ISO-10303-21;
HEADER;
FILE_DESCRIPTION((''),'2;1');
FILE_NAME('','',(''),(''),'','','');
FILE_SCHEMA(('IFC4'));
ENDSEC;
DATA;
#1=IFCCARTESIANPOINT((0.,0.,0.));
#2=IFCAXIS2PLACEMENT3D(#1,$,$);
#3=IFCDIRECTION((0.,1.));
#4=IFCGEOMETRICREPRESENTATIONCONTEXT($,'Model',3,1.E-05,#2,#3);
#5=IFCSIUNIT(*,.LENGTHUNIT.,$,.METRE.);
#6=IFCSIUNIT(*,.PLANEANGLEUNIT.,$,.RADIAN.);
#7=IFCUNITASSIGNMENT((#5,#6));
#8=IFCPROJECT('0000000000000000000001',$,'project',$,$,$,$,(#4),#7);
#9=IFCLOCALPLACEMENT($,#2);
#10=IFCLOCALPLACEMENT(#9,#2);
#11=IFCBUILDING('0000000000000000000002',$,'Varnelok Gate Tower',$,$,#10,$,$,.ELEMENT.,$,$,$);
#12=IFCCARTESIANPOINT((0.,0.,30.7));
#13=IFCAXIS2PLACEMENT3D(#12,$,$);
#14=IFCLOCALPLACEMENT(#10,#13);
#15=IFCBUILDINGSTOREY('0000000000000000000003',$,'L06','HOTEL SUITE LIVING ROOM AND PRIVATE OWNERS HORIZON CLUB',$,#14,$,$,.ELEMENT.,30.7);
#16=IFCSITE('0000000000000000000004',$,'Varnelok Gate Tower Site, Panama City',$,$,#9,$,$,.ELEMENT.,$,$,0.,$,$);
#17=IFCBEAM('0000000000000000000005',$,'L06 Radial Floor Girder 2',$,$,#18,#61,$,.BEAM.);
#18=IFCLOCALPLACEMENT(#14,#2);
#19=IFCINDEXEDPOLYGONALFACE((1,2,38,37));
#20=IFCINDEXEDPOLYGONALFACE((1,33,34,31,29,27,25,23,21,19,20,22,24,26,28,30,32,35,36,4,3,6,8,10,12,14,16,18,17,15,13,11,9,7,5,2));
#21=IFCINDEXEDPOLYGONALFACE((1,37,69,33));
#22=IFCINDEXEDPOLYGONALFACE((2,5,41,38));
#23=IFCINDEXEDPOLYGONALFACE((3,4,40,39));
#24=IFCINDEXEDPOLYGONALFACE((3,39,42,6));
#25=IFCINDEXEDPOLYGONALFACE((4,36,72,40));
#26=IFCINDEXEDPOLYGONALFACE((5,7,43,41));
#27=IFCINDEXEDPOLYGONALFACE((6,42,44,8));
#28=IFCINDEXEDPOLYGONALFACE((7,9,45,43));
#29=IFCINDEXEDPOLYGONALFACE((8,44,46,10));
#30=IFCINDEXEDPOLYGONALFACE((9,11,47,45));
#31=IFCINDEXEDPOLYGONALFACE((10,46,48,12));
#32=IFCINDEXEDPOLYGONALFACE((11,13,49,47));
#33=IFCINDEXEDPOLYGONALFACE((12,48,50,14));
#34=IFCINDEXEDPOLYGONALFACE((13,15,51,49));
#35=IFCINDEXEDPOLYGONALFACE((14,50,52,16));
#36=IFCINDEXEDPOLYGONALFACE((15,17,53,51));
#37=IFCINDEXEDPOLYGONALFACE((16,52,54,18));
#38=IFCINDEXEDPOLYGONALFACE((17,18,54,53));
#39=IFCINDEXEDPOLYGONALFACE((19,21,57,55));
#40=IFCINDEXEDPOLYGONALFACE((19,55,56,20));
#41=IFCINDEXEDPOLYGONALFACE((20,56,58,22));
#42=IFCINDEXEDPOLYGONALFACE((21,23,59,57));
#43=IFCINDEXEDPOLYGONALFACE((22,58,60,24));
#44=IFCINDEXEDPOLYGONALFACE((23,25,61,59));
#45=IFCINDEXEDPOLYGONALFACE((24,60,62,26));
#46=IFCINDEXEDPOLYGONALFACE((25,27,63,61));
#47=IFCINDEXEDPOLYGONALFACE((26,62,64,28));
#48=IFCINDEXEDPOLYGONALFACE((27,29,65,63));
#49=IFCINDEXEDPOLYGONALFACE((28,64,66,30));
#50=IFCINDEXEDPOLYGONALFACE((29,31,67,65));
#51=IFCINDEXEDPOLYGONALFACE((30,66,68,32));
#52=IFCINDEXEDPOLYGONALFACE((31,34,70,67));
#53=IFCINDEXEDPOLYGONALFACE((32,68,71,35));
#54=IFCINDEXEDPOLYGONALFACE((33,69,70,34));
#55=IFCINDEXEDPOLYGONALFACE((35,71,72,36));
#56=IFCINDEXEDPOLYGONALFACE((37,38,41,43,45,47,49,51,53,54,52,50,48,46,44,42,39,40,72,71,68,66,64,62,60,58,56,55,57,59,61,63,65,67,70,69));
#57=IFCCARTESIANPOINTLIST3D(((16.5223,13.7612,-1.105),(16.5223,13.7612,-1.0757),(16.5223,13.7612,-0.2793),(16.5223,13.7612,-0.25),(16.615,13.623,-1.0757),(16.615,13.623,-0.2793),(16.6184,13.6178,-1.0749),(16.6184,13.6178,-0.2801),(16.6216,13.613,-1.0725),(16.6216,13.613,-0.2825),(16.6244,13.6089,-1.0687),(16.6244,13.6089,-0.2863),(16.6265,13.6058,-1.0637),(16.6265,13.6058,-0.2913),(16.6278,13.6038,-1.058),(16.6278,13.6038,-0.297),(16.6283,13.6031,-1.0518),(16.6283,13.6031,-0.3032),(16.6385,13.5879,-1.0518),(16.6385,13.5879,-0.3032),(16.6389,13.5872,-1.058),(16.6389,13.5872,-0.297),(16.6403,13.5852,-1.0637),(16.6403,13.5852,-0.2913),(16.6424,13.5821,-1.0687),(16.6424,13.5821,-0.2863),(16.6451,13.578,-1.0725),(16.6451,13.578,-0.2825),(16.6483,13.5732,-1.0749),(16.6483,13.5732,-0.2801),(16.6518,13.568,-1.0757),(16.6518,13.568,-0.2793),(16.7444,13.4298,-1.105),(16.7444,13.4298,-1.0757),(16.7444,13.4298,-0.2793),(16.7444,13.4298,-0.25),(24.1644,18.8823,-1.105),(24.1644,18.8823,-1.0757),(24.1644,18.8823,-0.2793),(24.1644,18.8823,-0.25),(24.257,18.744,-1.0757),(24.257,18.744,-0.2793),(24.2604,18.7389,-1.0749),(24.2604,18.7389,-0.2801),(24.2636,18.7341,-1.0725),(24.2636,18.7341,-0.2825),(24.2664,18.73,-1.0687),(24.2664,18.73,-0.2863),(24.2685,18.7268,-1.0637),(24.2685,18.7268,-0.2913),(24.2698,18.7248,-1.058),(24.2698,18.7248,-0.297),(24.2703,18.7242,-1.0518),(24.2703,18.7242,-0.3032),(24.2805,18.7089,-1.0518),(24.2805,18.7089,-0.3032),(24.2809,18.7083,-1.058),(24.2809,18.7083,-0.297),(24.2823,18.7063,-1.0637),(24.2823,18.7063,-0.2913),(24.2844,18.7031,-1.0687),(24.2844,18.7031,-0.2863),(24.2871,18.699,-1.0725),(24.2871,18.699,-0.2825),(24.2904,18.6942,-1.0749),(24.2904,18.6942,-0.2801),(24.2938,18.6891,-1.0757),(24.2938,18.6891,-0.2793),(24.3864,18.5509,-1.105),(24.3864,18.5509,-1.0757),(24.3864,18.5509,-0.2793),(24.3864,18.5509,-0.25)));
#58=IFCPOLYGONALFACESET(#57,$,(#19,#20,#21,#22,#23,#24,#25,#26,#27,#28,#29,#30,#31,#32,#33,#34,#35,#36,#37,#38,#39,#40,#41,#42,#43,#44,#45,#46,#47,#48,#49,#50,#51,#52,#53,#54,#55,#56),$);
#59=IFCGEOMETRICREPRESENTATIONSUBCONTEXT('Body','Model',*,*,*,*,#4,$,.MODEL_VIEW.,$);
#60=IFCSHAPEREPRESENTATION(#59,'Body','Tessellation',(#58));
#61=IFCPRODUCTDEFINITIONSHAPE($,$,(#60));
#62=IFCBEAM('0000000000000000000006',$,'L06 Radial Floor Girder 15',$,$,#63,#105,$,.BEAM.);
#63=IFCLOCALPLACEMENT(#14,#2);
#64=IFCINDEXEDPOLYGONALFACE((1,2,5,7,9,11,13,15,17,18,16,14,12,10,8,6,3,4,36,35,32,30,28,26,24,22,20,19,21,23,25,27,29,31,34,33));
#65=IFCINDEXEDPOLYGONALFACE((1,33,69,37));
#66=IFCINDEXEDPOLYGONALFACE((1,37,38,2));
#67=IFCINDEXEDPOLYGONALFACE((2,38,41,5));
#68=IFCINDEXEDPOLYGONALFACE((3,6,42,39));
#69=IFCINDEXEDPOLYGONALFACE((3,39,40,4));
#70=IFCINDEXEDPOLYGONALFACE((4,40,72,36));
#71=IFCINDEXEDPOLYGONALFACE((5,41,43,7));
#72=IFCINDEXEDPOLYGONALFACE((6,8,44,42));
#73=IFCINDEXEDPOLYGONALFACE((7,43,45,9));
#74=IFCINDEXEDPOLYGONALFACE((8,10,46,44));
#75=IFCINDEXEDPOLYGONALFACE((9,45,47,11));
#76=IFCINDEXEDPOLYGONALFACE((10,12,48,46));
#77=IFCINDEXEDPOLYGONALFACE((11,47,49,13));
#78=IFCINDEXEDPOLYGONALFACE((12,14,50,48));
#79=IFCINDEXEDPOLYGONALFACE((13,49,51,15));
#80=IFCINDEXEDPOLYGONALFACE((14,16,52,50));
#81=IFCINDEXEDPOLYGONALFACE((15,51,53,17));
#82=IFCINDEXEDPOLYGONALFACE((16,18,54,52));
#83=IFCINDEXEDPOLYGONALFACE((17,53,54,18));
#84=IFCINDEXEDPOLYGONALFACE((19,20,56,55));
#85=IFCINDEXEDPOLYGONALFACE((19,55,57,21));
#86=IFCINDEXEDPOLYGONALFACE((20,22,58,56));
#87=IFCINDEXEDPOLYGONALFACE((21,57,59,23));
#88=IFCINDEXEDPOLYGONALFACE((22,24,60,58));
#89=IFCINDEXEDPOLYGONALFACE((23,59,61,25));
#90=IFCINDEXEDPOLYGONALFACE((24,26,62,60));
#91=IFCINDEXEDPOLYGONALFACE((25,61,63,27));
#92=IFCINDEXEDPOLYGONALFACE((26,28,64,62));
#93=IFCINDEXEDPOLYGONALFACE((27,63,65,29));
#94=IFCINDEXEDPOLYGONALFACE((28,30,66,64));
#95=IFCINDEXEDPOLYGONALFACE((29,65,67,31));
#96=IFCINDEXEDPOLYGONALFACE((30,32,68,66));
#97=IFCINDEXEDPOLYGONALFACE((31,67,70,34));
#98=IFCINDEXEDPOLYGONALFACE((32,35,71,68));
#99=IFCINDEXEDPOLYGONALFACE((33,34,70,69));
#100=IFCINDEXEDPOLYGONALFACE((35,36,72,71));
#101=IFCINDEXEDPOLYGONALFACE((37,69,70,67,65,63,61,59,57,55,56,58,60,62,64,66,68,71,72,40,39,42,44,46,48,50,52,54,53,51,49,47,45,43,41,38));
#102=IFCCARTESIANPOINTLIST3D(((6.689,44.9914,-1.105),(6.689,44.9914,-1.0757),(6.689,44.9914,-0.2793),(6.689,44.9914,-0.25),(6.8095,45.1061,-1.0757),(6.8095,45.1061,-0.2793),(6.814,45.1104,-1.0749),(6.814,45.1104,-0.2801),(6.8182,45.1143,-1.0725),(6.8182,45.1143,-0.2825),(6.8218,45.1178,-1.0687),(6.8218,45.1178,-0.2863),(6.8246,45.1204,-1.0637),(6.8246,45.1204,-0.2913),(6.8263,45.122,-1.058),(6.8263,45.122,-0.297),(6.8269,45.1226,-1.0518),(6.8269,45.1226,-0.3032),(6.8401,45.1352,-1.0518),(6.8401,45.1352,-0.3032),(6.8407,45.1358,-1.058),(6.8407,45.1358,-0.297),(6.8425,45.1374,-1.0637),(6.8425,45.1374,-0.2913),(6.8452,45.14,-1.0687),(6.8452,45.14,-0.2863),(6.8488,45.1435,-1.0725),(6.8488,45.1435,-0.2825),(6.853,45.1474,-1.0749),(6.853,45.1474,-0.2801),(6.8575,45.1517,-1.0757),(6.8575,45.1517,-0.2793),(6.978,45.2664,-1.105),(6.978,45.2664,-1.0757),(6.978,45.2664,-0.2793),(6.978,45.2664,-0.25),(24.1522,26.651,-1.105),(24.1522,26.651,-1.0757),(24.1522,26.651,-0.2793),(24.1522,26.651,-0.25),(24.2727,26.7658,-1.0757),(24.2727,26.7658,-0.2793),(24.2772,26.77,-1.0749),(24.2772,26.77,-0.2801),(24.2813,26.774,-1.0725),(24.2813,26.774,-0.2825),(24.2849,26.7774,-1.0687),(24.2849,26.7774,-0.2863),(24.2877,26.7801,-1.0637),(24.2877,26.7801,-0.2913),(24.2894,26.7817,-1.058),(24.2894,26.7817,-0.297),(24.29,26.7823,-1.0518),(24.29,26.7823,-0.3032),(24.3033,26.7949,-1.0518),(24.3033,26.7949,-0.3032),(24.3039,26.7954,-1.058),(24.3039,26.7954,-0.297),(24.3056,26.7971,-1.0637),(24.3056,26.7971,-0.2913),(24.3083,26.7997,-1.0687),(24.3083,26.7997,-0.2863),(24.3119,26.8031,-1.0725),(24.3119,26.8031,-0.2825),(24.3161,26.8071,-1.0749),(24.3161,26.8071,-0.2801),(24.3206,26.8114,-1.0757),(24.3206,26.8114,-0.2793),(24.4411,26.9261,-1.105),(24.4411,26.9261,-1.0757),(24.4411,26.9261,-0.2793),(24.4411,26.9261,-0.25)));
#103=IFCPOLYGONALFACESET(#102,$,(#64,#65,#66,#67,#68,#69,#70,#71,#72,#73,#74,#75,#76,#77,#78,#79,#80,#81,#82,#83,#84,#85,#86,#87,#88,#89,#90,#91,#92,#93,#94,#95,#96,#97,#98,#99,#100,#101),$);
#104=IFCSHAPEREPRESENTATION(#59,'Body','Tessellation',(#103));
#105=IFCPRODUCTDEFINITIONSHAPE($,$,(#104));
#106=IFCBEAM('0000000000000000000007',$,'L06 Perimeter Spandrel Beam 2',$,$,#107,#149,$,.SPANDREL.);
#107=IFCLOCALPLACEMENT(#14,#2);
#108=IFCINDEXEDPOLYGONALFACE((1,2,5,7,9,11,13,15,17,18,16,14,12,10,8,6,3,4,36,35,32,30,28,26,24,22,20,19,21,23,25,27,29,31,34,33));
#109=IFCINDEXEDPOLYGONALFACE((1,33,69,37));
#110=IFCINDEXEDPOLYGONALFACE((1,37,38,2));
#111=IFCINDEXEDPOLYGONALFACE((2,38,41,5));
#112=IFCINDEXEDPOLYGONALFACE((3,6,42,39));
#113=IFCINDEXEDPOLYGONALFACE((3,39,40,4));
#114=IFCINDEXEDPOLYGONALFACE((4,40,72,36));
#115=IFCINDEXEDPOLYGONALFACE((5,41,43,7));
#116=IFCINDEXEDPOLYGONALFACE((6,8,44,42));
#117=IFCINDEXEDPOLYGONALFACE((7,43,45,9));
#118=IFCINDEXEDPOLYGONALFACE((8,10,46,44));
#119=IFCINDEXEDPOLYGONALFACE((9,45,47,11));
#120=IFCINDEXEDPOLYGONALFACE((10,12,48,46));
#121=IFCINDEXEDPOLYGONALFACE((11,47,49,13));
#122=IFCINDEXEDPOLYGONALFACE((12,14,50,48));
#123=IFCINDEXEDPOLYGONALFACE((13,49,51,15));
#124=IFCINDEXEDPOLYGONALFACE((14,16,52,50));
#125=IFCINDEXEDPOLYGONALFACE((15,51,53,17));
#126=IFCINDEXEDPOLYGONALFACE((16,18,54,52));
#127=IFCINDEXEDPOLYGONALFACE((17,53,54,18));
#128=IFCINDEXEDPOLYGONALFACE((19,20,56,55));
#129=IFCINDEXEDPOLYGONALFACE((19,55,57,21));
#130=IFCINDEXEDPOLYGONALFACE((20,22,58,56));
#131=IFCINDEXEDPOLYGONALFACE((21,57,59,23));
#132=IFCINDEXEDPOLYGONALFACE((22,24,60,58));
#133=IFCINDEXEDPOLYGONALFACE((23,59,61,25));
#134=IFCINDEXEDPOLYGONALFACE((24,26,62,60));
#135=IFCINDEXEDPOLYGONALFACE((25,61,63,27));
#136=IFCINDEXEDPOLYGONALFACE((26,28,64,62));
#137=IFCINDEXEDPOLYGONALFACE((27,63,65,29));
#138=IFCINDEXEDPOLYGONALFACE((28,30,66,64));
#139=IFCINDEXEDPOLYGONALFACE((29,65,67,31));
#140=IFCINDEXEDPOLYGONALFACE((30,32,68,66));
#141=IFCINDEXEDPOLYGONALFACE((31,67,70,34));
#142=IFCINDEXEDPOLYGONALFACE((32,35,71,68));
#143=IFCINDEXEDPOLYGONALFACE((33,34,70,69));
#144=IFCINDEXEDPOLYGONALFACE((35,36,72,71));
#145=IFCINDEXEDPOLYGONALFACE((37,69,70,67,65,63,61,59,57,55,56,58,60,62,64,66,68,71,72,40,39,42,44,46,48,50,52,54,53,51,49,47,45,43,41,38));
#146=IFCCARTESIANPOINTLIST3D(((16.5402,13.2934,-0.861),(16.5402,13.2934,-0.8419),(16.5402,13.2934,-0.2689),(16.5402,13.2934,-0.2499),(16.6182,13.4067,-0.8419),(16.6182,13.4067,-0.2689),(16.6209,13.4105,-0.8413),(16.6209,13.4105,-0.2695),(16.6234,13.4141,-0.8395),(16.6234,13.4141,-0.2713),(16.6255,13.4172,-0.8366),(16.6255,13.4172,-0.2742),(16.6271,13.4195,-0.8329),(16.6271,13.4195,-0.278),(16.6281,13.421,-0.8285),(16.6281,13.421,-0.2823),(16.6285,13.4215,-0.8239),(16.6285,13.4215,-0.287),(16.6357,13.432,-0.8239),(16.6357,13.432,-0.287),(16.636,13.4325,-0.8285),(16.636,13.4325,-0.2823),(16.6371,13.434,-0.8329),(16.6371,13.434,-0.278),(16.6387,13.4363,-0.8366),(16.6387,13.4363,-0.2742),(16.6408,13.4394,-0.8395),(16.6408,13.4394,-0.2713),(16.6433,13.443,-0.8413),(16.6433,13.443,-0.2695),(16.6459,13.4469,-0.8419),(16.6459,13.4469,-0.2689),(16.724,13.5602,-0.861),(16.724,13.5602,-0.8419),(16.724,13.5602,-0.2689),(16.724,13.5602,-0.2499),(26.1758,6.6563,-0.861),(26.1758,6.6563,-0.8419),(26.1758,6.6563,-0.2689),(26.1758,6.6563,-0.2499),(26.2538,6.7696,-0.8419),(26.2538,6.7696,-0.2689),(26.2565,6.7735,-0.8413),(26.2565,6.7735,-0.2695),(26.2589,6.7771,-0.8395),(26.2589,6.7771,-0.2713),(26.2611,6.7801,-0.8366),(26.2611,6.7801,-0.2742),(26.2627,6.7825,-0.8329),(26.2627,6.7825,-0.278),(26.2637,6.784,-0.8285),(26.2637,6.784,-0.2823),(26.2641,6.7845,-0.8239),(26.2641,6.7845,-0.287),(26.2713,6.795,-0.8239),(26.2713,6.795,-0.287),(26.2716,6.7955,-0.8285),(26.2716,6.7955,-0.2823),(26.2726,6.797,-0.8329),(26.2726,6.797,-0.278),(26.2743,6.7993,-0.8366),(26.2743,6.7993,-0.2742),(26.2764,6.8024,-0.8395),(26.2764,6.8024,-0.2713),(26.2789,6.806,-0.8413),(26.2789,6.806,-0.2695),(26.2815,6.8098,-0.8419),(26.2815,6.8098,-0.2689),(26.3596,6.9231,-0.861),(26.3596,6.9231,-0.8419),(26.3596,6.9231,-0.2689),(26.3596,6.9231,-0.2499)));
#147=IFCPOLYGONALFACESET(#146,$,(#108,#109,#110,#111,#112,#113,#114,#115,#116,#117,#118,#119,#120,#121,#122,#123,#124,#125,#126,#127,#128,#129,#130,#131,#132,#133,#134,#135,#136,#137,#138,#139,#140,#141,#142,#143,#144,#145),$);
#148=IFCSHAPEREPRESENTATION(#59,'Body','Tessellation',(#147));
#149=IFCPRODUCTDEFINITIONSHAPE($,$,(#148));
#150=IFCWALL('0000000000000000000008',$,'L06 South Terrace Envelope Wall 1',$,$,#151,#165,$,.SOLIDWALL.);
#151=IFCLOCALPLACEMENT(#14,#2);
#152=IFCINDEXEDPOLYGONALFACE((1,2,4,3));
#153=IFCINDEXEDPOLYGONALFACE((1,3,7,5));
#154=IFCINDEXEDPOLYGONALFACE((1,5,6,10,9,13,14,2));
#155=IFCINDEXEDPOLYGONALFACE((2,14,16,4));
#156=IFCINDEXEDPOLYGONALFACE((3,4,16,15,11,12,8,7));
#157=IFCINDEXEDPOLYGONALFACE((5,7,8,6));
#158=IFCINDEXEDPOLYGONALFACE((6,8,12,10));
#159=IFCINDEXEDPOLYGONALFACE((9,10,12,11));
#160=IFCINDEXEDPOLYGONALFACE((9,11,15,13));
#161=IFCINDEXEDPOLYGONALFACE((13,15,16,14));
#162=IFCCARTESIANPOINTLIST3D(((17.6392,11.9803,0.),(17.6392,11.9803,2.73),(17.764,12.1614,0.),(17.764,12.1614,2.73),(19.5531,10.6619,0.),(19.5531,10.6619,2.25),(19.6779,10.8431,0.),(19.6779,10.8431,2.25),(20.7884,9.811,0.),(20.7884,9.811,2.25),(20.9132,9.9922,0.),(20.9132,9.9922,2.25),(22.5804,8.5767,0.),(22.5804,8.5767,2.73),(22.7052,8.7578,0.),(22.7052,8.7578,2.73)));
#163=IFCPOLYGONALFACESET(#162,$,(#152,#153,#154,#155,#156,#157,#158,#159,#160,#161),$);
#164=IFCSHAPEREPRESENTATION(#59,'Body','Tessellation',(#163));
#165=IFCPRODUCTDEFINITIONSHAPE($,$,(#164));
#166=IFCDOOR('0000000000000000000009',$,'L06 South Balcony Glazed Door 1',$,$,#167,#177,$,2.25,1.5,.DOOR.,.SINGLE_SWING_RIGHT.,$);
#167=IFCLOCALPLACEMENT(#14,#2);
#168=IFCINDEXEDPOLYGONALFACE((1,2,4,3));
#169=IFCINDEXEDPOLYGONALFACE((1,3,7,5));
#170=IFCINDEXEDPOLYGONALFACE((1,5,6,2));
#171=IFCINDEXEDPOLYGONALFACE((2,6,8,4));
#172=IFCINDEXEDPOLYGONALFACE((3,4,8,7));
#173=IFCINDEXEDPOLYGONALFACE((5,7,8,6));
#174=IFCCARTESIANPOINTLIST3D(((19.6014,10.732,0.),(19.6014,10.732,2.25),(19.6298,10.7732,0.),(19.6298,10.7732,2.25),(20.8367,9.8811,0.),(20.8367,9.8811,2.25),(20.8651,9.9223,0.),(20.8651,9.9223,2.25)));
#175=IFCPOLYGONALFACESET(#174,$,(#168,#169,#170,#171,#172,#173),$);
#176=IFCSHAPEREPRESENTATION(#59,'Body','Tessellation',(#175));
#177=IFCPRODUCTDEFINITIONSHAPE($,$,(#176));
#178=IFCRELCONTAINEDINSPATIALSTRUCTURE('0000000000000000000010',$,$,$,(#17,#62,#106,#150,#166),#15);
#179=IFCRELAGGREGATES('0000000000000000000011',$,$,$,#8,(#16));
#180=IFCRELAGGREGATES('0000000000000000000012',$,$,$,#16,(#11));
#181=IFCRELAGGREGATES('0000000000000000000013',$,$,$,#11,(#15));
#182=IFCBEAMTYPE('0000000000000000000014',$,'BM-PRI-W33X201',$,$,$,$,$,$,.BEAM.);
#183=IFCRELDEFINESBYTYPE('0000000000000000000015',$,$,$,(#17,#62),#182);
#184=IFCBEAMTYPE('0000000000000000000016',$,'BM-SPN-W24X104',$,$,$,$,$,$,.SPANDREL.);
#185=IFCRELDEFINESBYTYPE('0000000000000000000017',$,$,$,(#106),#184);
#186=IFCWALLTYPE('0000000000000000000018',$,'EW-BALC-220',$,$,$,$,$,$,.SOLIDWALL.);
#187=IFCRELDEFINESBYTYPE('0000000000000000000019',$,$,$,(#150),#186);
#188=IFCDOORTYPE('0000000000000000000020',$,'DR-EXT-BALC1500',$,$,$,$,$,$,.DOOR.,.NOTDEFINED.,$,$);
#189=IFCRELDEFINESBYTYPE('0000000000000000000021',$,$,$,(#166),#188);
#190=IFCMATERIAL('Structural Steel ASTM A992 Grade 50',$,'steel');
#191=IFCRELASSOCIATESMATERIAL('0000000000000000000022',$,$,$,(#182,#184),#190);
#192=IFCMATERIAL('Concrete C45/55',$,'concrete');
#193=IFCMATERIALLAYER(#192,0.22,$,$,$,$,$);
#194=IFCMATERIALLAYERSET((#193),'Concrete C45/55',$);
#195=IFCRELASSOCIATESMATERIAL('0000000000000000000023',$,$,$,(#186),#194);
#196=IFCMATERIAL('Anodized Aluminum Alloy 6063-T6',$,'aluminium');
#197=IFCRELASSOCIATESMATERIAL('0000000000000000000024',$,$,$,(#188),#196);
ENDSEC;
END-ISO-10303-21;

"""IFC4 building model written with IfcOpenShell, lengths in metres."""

from ifc_helpers import new_model, si_unit, direction, frame, frame_2d, origin, origin_2d, place, context, subcontext, project, spatial, rectangle, i_section, extrude, material, layer, layer_set, material_profile, profile_set, type_object, element, fill, save


model = new_model("IFC4")

# Units and contexts
model_context = context("Model", 3, precision=1e-05, world=origin(), true_north=direction((0.0, 1.0)))
body_context = subcontext(model_context, "Body", "Model", "MODEL_VIEW")
ifc_project = project(units=[si_unit("LENGTHUNIT", "METRE"), si_unit("PLANEANGLEUNIT", "RADIAN")], contexts=[model_context])

# Site, building, storey
site_placement = place(None, origin())
site = spatial("IfcSite", under=ifc_project, at=site_placement, Name="Varnelok Gate Tower Site, Panama City", CompositionType="ELEMENT", RefElevation=0.0)
building_placement = place(site_placement, origin())
building = spatial("IfcBuilding", under=site, at=building_placement, Name="Varnelok Gate Tower", CompositionType="ELEMENT")
storey_placement = place(building_placement, frame((0.0, 0.0, 30.7)))
storey = spatial("IfcBuildingStorey", under=building, at=storey_placement, Name="L06", Description="HOTEL SUITE LIVING ROOM AND PRIVATE OWNERS HORIZON CLUB", CompositionType="ELEMENT", Elevation=30.7)

# Shared definitions
ifc_material_1 = material(Name="Structural Steel ASTM A992 Grade 50", Category="steel")

# Beams
ifc_material_profile_1 = material_profile(ifc_material_1, i_section(OverallWidth=0.3989, OverallDepth=0.855, WebThickness=0.0183, FlangeThickness=0.0293, FilletRadius=0.0239, at=origin_2d()), Name="W33X201")
ifc_profile_set_1 = profile_set([ifc_material_profile_1], Name="Structural Steel ASTM A992 Grade 50")
beam_type_1 = type_object("IfcBeamType", Name="BM-PRI-W33X201", PredefinedType="BEAM", material=ifc_profile_set_1)
beam_1_placement = place(storey_placement, frame((24.2754, 18.7166, -0.6775), z_axis=(-0.830725, -0.556683, 0.0), x_axis=(0.556683, -0.830725, 0.0)))
element("IfcBeam", 1, at=beam_1_placement, inside=storey, type_object=beam_type_1, Name="L06 Radial Floor Girder 2", PredefinedType="BEAM", context=body_context, shape_type="SweptSolid", body=[
    extrude(i_section(OverallWidth=0.3989, OverallDepth=0.855, WebThickness=0.0183, FlangeThickness=0.0293, FilletRadius=0.0239, at=origin_2d()), origin(), (0.0, 0.0, 1.0), 9.1992),
])
beam_2_placement = place(storey_placement, frame((24.2966, 26.7886, -0.6775), z_axis=(-0.689575, 0.724214, 0.0), x_axis=(-0.724214, -0.689575, 0.0)))
element("IfcBeam", 2, at=beam_2_placement, inside=storey, type_object=beam_type_1, Name="L06 Radial Floor Girder 15", PredefinedType="BEAM", context=body_context, shape_type="SweptSolid", body=[
    extrude(i_section(OverallWidth=0.3989, OverallDepth=0.855, WebThickness=0.0183, FlangeThickness=0.0293, FilletRadius=0.0239, at=origin_2d()), origin(), (0.0, 0.0, 1.0), 25.3245),
])
ifc_material_profile_2 = material_profile(ifc_material_1, i_section(OverallWidth=0.324, OverallDepth=0.6111, WebThickness=0.0127, FlangeThickness=0.019, FilletRadius=0.0181, at=origin_2d()), Name="W24X104")
ifc_profile_set_2 = profile_set([ifc_material_profile_2], Name="Structural Steel ASTM A992 Grade 50")
beam_type_2 = type_object("IfcBeamType", Name="BM-SPN-W24X104", PredefinedType="SPANDREL", material=ifc_profile_set_2)
beam_3_placement = place(storey_placement, frame((16.6321, 13.4268, -0.5554), z_axis=(0.823541, -0.567257, 0.0), x_axis=(0.567257, 0.823541, 0.0)))
element("IfcBeam", 3, at=beam_3_placement, inside=storey, type_object=beam_type_2, Name="L06 Perimeter Spandrel Beam 2", PredefinedType="SPANDREL", context=body_context, shape_type="SweptSolid", body=[
    extrude(i_section(OverallWidth=0.324, OverallDepth=0.6111, WebThickness=0.0127, FlangeThickness=0.019, FilletRadius=0.0181, at=origin_2d()), origin(), (0.0, 0.0, 1.0), 11.7002),
])

# Wall, opening, door
ifc_material_2 = material(Name="Concrete C45/55", Category="concrete")
ifc_layer_1 = layer(ifc_material_2, 0.22)
ifc_layer_set_1 = layer_set([ifc_layer_1], Name="Concrete C45/55")
wall_type_1 = type_object("IfcWallType", Name="EW-BALC-220", PredefinedType="SOLIDWALL", material=ifc_layer_set_1)
wall_1_placement = place(storey_placement, frame((22.6428, 8.6672, 0.0), z_axis=(0.0, 0.0, 1.0), x_axis=(-0.823535, 0.567266, 0.0)))
wall_1 = element("IfcWall", 4, at=wall_1_placement, inside=storey, type_object=wall_type_1, Name="L06 South Terrace Envelope Wall 1", PredefinedType="SOLIDWALL", context=body_context, shape_type="SweptSolid", body=[
    extrude(rectangle(XDim=6.0, YDim=0.22, at=frame_2d((3.0, 0.0))), origin(), (0.0, 0.0, 1.0), 2.73),
])
opening_1_placement = place(wall_1_placement, frame((2.176, 0.0, 0.0)))
opening_1 = element("IfcOpeningElement", 5, at=opening_1_placement, cuts=wall_1, PredefinedType="OPENING", context=body_context, shape_type="SweptSolid", body=[
    extrude(rectangle(XDim=1.5, YDim=2.25, at=frame_2d((0.75, 1.125))), frame((0.0, 0.1199, 0.0), z_axis=(0.0, -1.0, 0.0), x_axis=(1.0, 0.0, 0.0)), (0.0, 0.0, 1.0), 0.24),
])
ifc_material_3 = material(Name="Anodized Aluminum Alloy 6063-T6", Category="aluminium")
door_type_1 = type_object("IfcDoorType", Name="DR-EXT-BALC1500", OperationType="NOTDEFINED", PredefinedType="DOOR", material=ifc_material_3)
door_1_placement = place(opening_1_placement, origin())
door_1 = element("IfcDoor", 6, at=door_1_placement, inside=storey, type_object=door_type_1, Name="L06 South Balcony Glazed Door 1", OperationType="SINGLE_SWING_RIGHT", OverallHeight=2.25, OverallWidth=1.5, PredefinedType="DOOR", context=body_context, shape_type="SweptSolid", body=[
    extrude(rectangle(XDim=1.5, YDim=2.25, at=frame_2d((0.75, 1.125))), frame((0.0, 0.0249, 0.0), z_axis=(0.0, -1.0, 0.0), x_axis=(1.0, 0.0, 0.0)), (0.0, 0.0, 1.0), 0.05),
])
fill(opening_1, door_1)

save(model, "model.ifc")
